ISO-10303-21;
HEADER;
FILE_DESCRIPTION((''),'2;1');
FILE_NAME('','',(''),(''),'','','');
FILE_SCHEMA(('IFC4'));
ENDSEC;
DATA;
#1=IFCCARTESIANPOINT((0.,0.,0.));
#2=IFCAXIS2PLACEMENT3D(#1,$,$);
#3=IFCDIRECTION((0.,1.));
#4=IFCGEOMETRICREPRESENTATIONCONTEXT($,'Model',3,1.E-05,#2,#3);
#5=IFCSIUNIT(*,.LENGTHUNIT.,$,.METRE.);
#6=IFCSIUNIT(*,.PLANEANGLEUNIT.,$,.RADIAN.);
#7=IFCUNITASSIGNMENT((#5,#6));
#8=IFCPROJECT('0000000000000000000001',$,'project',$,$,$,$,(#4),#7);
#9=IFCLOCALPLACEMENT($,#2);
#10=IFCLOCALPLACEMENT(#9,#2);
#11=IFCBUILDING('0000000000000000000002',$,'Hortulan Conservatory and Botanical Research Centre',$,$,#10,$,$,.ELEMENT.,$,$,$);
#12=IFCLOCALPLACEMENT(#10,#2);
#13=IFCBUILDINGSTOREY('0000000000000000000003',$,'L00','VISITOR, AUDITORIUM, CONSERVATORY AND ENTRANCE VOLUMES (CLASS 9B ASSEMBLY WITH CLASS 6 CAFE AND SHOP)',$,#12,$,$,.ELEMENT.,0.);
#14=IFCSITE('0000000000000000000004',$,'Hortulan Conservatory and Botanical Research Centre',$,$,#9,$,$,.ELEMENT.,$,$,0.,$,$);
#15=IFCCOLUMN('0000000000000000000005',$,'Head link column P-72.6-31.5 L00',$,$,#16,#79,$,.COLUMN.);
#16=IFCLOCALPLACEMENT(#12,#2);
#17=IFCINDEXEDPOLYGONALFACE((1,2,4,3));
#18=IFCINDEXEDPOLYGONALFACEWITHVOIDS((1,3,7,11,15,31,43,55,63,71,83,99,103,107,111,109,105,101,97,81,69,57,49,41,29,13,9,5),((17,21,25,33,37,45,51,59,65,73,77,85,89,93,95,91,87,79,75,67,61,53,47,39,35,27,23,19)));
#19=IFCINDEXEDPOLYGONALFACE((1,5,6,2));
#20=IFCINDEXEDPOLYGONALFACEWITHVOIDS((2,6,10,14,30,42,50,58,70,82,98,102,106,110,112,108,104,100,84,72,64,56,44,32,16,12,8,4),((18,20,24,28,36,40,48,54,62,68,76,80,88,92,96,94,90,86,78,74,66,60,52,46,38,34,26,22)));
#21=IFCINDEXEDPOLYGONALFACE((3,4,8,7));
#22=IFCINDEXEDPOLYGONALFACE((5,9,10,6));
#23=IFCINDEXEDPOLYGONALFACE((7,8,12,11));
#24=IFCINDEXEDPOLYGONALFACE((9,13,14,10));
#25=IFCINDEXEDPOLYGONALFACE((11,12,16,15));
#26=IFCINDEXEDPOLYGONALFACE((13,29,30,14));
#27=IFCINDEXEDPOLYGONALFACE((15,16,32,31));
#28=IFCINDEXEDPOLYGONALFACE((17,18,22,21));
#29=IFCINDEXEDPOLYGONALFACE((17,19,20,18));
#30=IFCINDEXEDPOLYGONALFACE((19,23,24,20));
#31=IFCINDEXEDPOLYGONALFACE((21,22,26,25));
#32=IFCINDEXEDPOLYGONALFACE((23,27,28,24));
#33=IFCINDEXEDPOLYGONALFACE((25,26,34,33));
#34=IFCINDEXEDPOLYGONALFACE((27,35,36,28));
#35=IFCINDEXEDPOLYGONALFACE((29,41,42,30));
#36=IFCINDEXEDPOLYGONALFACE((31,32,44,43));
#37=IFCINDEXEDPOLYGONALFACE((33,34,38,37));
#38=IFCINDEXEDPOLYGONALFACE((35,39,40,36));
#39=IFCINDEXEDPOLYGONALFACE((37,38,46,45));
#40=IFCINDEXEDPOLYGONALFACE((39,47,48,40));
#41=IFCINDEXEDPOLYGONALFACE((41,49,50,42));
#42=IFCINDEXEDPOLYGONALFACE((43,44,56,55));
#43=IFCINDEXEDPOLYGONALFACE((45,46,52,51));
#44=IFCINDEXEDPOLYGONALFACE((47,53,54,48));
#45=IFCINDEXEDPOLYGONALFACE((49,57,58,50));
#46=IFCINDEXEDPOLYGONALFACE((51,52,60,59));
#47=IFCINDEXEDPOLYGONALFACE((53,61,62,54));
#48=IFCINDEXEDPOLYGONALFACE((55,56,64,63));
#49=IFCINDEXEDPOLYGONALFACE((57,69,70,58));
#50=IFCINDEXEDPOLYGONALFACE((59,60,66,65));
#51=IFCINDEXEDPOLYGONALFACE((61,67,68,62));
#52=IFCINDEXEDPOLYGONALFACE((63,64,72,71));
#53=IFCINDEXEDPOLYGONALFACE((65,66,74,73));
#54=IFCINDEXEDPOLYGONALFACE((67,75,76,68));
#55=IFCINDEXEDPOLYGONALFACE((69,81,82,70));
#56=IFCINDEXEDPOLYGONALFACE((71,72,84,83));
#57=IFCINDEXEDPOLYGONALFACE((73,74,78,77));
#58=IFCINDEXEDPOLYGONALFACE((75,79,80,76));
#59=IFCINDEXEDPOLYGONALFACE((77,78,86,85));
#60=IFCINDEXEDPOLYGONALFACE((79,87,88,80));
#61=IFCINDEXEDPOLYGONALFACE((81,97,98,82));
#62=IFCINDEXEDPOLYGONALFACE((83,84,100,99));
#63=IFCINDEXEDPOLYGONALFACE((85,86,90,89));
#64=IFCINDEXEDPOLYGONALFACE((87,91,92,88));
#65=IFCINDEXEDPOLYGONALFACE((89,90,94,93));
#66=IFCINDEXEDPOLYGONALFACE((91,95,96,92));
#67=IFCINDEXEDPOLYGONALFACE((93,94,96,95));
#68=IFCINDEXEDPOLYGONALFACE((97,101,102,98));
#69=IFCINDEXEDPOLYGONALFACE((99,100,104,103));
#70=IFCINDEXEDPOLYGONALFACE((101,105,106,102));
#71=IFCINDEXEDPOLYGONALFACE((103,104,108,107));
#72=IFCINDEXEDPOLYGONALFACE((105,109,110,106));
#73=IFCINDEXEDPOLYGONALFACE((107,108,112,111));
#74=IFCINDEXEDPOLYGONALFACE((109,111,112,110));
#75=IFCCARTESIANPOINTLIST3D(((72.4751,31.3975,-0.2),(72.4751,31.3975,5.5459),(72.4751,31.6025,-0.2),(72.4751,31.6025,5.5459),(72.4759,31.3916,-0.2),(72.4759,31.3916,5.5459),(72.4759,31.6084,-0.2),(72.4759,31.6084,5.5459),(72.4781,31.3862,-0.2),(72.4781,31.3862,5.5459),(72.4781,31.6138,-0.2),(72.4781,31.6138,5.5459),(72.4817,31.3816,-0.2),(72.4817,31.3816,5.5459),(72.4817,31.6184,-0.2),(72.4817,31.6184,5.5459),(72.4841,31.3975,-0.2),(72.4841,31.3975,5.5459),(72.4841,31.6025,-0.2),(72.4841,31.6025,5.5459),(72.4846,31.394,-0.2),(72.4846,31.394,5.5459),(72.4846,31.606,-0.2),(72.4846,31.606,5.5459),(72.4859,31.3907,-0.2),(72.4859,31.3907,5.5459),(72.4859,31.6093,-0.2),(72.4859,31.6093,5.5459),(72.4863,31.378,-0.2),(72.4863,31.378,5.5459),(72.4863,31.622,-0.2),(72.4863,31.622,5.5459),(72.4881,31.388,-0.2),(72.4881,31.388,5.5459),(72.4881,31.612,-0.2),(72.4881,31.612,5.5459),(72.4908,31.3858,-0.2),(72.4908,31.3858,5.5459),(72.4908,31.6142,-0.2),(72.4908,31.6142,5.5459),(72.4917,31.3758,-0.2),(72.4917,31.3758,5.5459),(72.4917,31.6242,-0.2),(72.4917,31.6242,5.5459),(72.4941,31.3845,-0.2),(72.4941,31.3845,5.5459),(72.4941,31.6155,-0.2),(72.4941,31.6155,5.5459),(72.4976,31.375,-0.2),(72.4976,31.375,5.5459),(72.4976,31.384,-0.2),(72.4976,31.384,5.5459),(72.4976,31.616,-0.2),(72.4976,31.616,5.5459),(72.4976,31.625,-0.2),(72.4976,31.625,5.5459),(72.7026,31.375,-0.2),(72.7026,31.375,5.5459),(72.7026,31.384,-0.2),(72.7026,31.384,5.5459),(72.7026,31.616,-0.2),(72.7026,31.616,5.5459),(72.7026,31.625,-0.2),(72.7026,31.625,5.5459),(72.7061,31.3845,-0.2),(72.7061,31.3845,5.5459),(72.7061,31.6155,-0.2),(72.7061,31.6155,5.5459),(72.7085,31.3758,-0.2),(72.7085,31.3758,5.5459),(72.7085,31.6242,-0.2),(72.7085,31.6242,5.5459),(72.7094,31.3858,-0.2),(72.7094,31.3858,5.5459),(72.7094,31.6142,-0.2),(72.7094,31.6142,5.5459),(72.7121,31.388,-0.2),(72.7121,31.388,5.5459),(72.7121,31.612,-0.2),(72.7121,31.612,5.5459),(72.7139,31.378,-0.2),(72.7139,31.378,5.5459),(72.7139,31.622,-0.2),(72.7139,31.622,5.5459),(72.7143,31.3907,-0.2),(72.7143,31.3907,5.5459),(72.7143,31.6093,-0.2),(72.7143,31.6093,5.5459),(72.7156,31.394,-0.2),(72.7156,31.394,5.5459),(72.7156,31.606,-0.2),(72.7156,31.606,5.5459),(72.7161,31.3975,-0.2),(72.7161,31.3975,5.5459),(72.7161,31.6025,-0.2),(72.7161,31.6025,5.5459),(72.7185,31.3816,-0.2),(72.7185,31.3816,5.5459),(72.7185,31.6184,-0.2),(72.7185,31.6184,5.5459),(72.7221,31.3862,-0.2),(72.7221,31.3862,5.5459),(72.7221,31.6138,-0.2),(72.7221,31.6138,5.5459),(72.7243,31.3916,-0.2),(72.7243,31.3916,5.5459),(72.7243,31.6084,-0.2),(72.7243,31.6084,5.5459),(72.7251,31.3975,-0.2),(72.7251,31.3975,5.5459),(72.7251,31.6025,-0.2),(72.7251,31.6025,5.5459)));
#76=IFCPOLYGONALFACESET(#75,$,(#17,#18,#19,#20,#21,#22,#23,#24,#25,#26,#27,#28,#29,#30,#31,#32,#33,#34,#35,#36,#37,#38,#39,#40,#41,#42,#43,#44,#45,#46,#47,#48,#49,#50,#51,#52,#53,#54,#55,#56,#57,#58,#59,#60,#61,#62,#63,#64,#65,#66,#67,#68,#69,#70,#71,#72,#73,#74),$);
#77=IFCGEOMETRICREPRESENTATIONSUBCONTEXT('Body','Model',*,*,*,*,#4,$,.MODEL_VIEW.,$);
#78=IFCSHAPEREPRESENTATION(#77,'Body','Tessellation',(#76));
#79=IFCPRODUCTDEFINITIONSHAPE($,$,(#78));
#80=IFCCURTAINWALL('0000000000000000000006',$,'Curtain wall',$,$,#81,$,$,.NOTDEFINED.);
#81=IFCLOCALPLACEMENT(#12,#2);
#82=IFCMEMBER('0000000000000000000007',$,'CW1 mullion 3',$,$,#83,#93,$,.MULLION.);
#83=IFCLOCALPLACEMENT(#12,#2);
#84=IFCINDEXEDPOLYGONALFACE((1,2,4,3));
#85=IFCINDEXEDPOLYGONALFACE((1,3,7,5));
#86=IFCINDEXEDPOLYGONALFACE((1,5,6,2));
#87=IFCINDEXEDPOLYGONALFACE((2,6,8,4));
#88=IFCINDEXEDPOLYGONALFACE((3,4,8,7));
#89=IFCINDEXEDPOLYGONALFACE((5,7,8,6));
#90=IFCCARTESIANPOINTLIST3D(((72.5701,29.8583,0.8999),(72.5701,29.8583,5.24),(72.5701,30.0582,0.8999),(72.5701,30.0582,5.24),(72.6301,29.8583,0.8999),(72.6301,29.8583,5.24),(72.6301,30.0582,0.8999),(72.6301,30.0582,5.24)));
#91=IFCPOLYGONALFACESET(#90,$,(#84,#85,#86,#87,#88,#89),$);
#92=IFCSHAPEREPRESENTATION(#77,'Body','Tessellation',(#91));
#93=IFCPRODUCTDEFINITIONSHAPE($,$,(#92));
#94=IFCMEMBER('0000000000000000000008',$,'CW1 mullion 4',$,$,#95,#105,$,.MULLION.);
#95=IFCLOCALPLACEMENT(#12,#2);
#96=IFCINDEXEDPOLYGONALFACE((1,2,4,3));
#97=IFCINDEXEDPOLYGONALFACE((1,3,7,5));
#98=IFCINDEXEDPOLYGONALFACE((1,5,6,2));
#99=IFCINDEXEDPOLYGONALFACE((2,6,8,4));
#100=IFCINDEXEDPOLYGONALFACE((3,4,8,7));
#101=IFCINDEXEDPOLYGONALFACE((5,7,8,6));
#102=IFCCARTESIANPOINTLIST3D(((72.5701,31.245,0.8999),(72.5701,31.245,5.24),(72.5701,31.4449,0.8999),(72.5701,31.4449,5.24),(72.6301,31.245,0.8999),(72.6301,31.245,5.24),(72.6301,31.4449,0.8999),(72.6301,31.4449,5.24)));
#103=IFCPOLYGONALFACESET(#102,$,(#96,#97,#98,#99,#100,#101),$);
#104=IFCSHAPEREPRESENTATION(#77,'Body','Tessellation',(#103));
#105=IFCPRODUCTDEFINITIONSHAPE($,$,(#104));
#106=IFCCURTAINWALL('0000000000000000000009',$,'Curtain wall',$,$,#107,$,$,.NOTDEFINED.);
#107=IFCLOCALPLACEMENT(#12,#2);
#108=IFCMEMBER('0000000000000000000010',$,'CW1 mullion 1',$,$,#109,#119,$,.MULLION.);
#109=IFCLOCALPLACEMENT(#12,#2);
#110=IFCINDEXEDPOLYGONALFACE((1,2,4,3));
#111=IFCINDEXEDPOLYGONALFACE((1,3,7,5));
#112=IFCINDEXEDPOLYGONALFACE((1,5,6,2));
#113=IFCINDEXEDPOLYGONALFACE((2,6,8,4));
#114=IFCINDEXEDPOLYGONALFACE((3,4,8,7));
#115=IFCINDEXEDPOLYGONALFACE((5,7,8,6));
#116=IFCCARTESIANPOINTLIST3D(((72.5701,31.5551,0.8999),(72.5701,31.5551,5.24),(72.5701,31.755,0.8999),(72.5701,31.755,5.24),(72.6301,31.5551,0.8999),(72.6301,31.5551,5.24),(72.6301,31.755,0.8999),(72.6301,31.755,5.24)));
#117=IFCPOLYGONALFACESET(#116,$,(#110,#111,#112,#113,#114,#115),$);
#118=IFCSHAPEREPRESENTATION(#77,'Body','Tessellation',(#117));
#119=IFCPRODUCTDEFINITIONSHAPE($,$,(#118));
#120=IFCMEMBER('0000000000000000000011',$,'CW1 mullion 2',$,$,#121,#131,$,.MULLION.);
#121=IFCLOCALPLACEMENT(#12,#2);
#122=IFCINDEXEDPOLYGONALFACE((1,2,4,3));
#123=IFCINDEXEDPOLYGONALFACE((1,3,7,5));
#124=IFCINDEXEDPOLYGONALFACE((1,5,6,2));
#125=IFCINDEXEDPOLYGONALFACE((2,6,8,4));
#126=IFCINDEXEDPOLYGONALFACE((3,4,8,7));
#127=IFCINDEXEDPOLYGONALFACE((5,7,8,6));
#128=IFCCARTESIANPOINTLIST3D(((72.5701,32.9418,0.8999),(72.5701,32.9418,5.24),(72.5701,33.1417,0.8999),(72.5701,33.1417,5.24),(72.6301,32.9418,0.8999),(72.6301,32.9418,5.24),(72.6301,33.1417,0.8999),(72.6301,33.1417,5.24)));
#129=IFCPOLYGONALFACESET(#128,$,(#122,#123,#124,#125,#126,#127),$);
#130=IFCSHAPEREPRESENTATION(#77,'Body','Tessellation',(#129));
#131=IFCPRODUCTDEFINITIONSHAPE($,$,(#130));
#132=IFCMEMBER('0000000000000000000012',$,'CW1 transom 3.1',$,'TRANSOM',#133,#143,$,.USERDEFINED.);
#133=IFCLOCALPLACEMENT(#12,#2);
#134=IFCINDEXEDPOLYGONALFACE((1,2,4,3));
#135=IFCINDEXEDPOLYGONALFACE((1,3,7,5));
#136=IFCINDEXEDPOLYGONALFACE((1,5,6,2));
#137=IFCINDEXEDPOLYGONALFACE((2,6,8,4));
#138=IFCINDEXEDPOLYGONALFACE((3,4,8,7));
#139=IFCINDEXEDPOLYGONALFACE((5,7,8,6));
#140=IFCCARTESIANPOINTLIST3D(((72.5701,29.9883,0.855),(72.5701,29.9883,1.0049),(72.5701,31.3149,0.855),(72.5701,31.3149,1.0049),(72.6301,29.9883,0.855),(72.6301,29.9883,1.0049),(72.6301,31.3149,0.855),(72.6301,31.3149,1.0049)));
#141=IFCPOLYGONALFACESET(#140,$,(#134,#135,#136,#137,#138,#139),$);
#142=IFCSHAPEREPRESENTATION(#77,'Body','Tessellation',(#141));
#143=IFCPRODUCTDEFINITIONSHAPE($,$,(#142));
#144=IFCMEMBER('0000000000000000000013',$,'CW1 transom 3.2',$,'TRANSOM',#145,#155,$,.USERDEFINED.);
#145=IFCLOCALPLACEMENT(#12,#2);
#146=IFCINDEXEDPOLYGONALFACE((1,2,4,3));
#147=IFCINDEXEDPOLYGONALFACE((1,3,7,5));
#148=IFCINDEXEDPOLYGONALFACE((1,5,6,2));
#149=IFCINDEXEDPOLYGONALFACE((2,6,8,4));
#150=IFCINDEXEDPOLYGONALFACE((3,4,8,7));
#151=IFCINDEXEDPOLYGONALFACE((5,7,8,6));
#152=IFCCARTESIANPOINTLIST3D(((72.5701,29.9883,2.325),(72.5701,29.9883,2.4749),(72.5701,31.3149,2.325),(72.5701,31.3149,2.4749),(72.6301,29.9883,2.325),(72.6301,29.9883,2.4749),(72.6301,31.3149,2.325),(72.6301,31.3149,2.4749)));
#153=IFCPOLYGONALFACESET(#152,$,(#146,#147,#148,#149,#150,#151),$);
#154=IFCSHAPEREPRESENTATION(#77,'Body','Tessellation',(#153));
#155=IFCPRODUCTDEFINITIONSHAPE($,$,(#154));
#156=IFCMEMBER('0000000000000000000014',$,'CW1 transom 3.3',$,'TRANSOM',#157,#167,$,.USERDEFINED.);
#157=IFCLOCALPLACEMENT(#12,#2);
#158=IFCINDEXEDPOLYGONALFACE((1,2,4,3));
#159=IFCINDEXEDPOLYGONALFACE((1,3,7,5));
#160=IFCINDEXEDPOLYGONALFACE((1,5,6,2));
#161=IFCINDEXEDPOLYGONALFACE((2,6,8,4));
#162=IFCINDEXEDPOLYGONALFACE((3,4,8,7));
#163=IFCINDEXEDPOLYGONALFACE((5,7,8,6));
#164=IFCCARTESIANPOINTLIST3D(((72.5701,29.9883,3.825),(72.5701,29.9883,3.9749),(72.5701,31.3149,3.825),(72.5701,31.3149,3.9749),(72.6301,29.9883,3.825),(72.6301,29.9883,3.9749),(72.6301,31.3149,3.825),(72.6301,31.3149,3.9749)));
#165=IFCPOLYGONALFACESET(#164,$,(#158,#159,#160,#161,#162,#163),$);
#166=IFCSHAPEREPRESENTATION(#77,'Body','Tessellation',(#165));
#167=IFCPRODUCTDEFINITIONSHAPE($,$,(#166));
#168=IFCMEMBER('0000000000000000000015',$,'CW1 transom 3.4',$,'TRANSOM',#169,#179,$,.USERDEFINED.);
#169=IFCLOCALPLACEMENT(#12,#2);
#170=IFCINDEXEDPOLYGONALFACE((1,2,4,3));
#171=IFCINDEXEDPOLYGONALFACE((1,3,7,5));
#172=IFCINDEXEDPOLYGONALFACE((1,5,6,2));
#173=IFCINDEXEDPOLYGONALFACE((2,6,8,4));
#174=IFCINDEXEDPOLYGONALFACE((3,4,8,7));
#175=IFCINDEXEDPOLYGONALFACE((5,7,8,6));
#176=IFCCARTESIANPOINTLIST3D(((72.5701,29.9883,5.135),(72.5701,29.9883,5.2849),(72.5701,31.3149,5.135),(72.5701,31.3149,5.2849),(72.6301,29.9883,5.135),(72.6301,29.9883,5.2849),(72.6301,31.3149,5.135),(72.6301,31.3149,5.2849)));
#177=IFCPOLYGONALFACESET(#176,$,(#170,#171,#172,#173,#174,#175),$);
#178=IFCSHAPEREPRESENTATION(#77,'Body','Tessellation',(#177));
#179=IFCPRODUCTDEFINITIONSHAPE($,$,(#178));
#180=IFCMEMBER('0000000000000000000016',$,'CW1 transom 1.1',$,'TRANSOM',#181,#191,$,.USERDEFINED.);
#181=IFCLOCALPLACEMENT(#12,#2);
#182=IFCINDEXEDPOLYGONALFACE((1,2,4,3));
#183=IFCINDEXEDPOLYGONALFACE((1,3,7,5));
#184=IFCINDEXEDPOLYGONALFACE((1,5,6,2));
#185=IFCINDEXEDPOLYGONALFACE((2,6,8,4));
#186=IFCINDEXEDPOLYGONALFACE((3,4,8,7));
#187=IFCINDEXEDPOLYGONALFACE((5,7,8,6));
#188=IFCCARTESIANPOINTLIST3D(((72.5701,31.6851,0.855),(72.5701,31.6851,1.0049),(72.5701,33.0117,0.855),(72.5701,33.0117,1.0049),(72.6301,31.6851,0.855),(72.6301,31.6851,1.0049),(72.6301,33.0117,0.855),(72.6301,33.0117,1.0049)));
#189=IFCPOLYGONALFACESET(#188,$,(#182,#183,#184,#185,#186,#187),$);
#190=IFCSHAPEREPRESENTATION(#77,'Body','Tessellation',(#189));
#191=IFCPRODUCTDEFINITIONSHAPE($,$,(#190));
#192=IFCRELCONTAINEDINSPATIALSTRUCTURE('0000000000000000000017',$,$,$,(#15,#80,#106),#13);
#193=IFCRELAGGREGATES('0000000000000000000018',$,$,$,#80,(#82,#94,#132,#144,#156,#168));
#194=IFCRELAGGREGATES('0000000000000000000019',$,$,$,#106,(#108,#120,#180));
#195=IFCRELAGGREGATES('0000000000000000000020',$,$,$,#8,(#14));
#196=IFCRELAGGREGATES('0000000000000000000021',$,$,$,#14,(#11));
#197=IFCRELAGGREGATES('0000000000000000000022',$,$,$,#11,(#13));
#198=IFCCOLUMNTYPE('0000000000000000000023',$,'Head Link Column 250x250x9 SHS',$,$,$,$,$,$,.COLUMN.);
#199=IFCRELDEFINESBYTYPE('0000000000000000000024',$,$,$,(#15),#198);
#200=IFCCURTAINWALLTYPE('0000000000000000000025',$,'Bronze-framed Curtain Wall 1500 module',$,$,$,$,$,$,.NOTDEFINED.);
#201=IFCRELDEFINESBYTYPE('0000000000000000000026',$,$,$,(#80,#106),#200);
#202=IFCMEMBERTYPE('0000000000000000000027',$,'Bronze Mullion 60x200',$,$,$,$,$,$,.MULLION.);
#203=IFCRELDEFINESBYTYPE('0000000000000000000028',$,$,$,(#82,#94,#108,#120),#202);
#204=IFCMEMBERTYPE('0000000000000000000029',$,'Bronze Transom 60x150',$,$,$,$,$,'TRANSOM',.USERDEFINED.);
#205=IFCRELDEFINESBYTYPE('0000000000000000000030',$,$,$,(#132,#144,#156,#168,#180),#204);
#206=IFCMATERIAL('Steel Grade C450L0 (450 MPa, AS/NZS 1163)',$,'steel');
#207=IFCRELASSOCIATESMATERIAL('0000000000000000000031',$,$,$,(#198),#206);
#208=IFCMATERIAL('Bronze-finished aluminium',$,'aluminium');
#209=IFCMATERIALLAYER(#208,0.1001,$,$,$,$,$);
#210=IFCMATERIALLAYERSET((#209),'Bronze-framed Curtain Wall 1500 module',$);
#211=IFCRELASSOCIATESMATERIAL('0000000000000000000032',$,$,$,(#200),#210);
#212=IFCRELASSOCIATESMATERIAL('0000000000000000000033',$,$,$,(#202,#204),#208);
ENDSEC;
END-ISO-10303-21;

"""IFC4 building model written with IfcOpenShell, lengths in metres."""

from ifc_helpers import new_model, si_unit, direction, frame, origin, origin_2d, place, context, subcontext, project, spatial, rectangle, hollow_rectangle, extrude, material, layer, layer_set, material_profile, profile_set, type_object, element, aggregate, save


model = new_model("IFC4")

# Units and contexts
model_context = context("Model", 3, precision=1e-05, world=origin(), true_north=direction((0.0, 1.0)))
body_context = subcontext(model_context, "Body", "Model", "MODEL_VIEW")
ifc_project = project(units=[si_unit("LENGTHUNIT", "METRE"), si_unit("PLANEANGLEUNIT", "RADIAN")], contexts=[model_context])

# Site, building, storey
site_placement = place(None, origin())
site = spatial("IfcSite", under=ifc_project, at=site_placement, Name="Hortulan Conservatory and Botanical Research Centre", CompositionType="ELEMENT", RefElevation=0.0)
building_placement = place(site_placement, origin())
building = spatial("IfcBuilding", under=site, at=building_placement, Name="Hortulan Conservatory and Botanical Research Centre", CompositionType="ELEMENT")
storey_placement = place(building_placement, origin())
storey = spatial("IfcBuildingStorey", under=building, at=storey_placement, Name="L00", Description="VISITOR, AUDITORIUM, CONSERVATORY AND ENTRANCE VOLUMES (CLASS 9B ASSEMBLY WITH CLASS 6 CAFE AND SHOP)", CompositionType="ELEMENT", Elevation=0.0)

# Column
ifc_material_1 = material(Name="Steel Grade C450L0 (450 MPa, AS/NZS 1163)", Category="steel")
ifc_material_profile_1 = material_profile(ifc_material_1, hollow_rectangle(XDim=0.25, YDim=0.25, WallThickness=0.009, InnerFilletRadius=0.0134, OuterFilletRadius=0.0225, at=origin_2d()), Name="250x250x9SHS")
ifc_profile_set_1 = profile_set([ifc_material_profile_1], Name="Steel Grade C450L0 (450 MPa, AS/NZS 1163)")
column_type = type_object("IfcColumnType", Name="Head Link Column 250x250x9 SHS", PredefinedType="COLUMN", material=ifc_profile_set_1)
column_placement = place(storey_placement, frame((72.6001, 31.5, -0.2), z_axis=(0.0, 0.0, 1.0), x_axis=(1.0, 0.0, 0.0)))
element("IfcColumn", 1, at=column_placement, inside=storey, type_object=column_type, Name="Head link column P-72.6-31.5 L00", PredefinedType="COLUMN", context=body_context, shape_type="SweptSolid", body=[
    extrude(hollow_rectangle(XDim=0.25, YDim=0.25, WallThickness=0.009, InnerFilletRadius=0.0134, OuterFilletRadius=0.0225, at=origin_2d()), origin(), (0.0, 0.0, 1.0), 5.7458),
])

# Curtain walls, members
ifc_material_2 = material(Name="Bronze-finished aluminium", Category="aluminium")
ifc_layer_1 = layer(ifc_material_2, 0.1001)
ifc_layer_set_1 = layer_set([ifc_layer_1], Name="Bronze-framed Curtain Wall 1500 module")
curtain_wall_type = type_object("IfcCurtainWallType", Name="Bronze-framed Curtain Wall 1500 module", PredefinedType="NOTDEFINED", material=ifc_layer_set_1)
curtain_wall_1_placement = place(storey_placement, origin())
curtain_wall_1 = element("IfcCurtainWall", 2, at=curtain_wall_1_placement, inside=storey, type_object=curtain_wall_type, Name="Curtain wall", PredefinedType="NOTDEFINED")
ifc_material_profile_2 = material_profile(ifc_material_2, rectangle(XDim=0.0601, YDim=0.2, at=origin_2d()), Name="Bronze Mullion 60x200")
ifc_profile_set_2 = profile_set([ifc_material_profile_2], Name="Bronze-finished aluminium")
member_type_1 = type_object("IfcMemberType", Name="Bronze Mullion 60x200", PredefinedType="MULLION", material=ifc_profile_set_2)
member_1_placement = place(storey_placement, frame((72.6001, 29.9583, 0.8999), z_axis=(0.0, 0.0, 1.0), x_axis=(-1.0, 0.0, 0.0)))
member_1 = element("IfcMember", 3, at=member_1_placement, type_object=member_type_1, Name="CW1 mullion 3", PredefinedType="MULLION", context=body_context, shape_type="SweptSolid", body=[
    extrude(rectangle(XDim=0.0601, YDim=0.2, at=origin_2d()), origin(), (0.0, 0.0, 1.0), 4.3401),
])
member_2_placement = place(storey_placement, frame((72.6001, 31.345, 0.8999), z_axis=(0.0, 0.0, 1.0), x_axis=(-1.0, 0.0, 0.0)))
member_2 = element("IfcMember", 4, at=member_2_placement, type_object=member_type_1, Name="CW1 mullion 4", PredefinedType="MULLION", context=body_context, shape_type="SweptSolid", body=[
    extrude(rectangle(XDim=0.0601, YDim=0.2, at=origin_2d()), origin(), (0.0, 0.0, 1.0), 4.3401),
])
curtain_wall_2_placement = place(storey_placement, origin())
curtain_wall_2 = element("IfcCurtainWall", 5, at=curtain_wall_2_placement, inside=storey, type_object=curtain_wall_type, Name="Curtain wall", PredefinedType="NOTDEFINED")
member_3_placement = place(storey_placement, frame((72.6001, 31.655, 0.8999), z_axis=(0.0, 0.0, 1.0), x_axis=(-1.0, 0.0, 0.0)))
member_3 = element("IfcMember", 6, at=member_3_placement, type_object=member_type_1, Name="CW1 mullion 1", PredefinedType="MULLION", context=body_context, shape_type="SweptSolid", body=[
    extrude(rectangle(XDim=0.0601, YDim=0.2, at=origin_2d()), origin(), (0.0, 0.0, 1.0), 4.3401),
])
member_4_placement = place(storey_placement, frame((72.6001, 33.0417, 0.8999), z_axis=(0.0, 0.0, 1.0), x_axis=(-1.0, 0.0, 0.0)))
member_4 = element("IfcMember", 7, at=member_4_placement, type_object=member_type_1, Name="CW1 mullion 2", PredefinedType="MULLION", context=body_context, shape_type="SweptSolid", body=[
    extrude(rectangle(XDim=0.0601, YDim=0.2, at=origin_2d()), origin(), (0.0, 0.0, 1.0), 4.3401),
])

# Members
ifc_material_profile_3 = material_profile(ifc_material_2, rectangle(XDim=0.0601, YDim=0.1499, at=origin_2d()), Name="Bronze Transom 60x150")
ifc_profile_set_3 = profile_set([ifc_material_profile_3], Name="Bronze-finished aluminium")
member_type_2 = type_object("IfcMemberType", Name="Bronze Transom 60x150", ElementType="TRANSOM", PredefinedType="USERDEFINED", material=ifc_profile_set_3)
member_5_placement = place(storey_placement, frame((72.6001, 29.9883, 0.9299), z_axis=(0.0, 1.0, 0.0), x_axis=(-1.0, 0.0, 0.0)))
member_5 = element("IfcMember", 8, at=member_5_placement, type_object=member_type_2, Name="CW1 transom 3.1", ObjectType="TRANSOM", PredefinedType="USERDEFINED", context=body_context, shape_type="SweptSolid", body=[
    extrude(rectangle(XDim=0.0601, YDim=0.1499, at=origin_2d()), origin(), (0.0, 0.0, 1.0), 1.3267),
])
member_6_placement = place(storey_placement, frame((72.6001, 29.9883, 2.3999), z_axis=(0.0, 1.0, 0.0), x_axis=(-1.0, 0.0, 0.0)))
member_6 = element("IfcMember", 9, at=member_6_placement, type_object=member_type_2, Name="CW1 transom 3.2", ObjectType="TRANSOM", PredefinedType="USERDEFINED", context=body_context, shape_type="SweptSolid", body=[
    extrude(rectangle(XDim=0.0601, YDim=0.1499, at=origin_2d()), origin(), (0.0, 0.0, 1.0), 1.3267),
])
member_7_placement = place(storey_placement, frame((72.6001, 29.9883, 3.8999), z_axis=(0.0, 1.0, 0.0), x_axis=(-1.0, 0.0, 0.0)))
member_7 = element("IfcMember", 10, at=member_7_placement, type_object=member_type_2, Name="CW1 transom 3.3", ObjectType="TRANSOM", PredefinedType="USERDEFINED", context=body_context, shape_type="SweptSolid", body=[
    extrude(rectangle(XDim=0.0601, YDim=0.1499, at=origin_2d()), origin(), (0.0, 0.0, 1.0), 1.3267),
])
member_8_placement = place(storey_placement, frame((72.6001, 29.9883, 5.21), z_axis=(0.0, 1.0, 0.0), x_axis=(-1.0, 0.0, 0.0)))
member_8 = element("IfcMember", 11, at=member_8_placement, type_object=member_type_2, Name="CW1 transom 3.4", ObjectType="TRANSOM", PredefinedType="USERDEFINED", context=body_context, shape_type="SweptSolid", body=[
    extrude(rectangle(XDim=0.0601, YDim=0.1499, at=origin_2d()), origin(), (0.0, 0.0, 1.0), 1.3267),
])
member_9_placement = place(storey_placement, frame((72.6001, 31.6851, 0.9299), z_axis=(0.0, 1.0, 0.0), x_axis=(-1.0, 0.0, 0.0)))
member_9 = element("IfcMember", 12, at=member_9_placement, type_object=member_type_2, Name="CW1 transom 1.1", ObjectType="TRANSOM", PredefinedType="USERDEFINED", context=body_context, shape_type="SweptSolid", body=[
    extrude(rectangle(XDim=0.0601, YDim=0.1499, at=origin_2d()), origin(), (0.0, 0.0, 1.0), 1.3267),
])

aggregate(curtain_wall_1, [member_1, member_2, member_5, member_6, member_7, member_8])
aggregate(curtain_wall_2, [member_3, member_4, member_9])

save(model, "model.ifc")
